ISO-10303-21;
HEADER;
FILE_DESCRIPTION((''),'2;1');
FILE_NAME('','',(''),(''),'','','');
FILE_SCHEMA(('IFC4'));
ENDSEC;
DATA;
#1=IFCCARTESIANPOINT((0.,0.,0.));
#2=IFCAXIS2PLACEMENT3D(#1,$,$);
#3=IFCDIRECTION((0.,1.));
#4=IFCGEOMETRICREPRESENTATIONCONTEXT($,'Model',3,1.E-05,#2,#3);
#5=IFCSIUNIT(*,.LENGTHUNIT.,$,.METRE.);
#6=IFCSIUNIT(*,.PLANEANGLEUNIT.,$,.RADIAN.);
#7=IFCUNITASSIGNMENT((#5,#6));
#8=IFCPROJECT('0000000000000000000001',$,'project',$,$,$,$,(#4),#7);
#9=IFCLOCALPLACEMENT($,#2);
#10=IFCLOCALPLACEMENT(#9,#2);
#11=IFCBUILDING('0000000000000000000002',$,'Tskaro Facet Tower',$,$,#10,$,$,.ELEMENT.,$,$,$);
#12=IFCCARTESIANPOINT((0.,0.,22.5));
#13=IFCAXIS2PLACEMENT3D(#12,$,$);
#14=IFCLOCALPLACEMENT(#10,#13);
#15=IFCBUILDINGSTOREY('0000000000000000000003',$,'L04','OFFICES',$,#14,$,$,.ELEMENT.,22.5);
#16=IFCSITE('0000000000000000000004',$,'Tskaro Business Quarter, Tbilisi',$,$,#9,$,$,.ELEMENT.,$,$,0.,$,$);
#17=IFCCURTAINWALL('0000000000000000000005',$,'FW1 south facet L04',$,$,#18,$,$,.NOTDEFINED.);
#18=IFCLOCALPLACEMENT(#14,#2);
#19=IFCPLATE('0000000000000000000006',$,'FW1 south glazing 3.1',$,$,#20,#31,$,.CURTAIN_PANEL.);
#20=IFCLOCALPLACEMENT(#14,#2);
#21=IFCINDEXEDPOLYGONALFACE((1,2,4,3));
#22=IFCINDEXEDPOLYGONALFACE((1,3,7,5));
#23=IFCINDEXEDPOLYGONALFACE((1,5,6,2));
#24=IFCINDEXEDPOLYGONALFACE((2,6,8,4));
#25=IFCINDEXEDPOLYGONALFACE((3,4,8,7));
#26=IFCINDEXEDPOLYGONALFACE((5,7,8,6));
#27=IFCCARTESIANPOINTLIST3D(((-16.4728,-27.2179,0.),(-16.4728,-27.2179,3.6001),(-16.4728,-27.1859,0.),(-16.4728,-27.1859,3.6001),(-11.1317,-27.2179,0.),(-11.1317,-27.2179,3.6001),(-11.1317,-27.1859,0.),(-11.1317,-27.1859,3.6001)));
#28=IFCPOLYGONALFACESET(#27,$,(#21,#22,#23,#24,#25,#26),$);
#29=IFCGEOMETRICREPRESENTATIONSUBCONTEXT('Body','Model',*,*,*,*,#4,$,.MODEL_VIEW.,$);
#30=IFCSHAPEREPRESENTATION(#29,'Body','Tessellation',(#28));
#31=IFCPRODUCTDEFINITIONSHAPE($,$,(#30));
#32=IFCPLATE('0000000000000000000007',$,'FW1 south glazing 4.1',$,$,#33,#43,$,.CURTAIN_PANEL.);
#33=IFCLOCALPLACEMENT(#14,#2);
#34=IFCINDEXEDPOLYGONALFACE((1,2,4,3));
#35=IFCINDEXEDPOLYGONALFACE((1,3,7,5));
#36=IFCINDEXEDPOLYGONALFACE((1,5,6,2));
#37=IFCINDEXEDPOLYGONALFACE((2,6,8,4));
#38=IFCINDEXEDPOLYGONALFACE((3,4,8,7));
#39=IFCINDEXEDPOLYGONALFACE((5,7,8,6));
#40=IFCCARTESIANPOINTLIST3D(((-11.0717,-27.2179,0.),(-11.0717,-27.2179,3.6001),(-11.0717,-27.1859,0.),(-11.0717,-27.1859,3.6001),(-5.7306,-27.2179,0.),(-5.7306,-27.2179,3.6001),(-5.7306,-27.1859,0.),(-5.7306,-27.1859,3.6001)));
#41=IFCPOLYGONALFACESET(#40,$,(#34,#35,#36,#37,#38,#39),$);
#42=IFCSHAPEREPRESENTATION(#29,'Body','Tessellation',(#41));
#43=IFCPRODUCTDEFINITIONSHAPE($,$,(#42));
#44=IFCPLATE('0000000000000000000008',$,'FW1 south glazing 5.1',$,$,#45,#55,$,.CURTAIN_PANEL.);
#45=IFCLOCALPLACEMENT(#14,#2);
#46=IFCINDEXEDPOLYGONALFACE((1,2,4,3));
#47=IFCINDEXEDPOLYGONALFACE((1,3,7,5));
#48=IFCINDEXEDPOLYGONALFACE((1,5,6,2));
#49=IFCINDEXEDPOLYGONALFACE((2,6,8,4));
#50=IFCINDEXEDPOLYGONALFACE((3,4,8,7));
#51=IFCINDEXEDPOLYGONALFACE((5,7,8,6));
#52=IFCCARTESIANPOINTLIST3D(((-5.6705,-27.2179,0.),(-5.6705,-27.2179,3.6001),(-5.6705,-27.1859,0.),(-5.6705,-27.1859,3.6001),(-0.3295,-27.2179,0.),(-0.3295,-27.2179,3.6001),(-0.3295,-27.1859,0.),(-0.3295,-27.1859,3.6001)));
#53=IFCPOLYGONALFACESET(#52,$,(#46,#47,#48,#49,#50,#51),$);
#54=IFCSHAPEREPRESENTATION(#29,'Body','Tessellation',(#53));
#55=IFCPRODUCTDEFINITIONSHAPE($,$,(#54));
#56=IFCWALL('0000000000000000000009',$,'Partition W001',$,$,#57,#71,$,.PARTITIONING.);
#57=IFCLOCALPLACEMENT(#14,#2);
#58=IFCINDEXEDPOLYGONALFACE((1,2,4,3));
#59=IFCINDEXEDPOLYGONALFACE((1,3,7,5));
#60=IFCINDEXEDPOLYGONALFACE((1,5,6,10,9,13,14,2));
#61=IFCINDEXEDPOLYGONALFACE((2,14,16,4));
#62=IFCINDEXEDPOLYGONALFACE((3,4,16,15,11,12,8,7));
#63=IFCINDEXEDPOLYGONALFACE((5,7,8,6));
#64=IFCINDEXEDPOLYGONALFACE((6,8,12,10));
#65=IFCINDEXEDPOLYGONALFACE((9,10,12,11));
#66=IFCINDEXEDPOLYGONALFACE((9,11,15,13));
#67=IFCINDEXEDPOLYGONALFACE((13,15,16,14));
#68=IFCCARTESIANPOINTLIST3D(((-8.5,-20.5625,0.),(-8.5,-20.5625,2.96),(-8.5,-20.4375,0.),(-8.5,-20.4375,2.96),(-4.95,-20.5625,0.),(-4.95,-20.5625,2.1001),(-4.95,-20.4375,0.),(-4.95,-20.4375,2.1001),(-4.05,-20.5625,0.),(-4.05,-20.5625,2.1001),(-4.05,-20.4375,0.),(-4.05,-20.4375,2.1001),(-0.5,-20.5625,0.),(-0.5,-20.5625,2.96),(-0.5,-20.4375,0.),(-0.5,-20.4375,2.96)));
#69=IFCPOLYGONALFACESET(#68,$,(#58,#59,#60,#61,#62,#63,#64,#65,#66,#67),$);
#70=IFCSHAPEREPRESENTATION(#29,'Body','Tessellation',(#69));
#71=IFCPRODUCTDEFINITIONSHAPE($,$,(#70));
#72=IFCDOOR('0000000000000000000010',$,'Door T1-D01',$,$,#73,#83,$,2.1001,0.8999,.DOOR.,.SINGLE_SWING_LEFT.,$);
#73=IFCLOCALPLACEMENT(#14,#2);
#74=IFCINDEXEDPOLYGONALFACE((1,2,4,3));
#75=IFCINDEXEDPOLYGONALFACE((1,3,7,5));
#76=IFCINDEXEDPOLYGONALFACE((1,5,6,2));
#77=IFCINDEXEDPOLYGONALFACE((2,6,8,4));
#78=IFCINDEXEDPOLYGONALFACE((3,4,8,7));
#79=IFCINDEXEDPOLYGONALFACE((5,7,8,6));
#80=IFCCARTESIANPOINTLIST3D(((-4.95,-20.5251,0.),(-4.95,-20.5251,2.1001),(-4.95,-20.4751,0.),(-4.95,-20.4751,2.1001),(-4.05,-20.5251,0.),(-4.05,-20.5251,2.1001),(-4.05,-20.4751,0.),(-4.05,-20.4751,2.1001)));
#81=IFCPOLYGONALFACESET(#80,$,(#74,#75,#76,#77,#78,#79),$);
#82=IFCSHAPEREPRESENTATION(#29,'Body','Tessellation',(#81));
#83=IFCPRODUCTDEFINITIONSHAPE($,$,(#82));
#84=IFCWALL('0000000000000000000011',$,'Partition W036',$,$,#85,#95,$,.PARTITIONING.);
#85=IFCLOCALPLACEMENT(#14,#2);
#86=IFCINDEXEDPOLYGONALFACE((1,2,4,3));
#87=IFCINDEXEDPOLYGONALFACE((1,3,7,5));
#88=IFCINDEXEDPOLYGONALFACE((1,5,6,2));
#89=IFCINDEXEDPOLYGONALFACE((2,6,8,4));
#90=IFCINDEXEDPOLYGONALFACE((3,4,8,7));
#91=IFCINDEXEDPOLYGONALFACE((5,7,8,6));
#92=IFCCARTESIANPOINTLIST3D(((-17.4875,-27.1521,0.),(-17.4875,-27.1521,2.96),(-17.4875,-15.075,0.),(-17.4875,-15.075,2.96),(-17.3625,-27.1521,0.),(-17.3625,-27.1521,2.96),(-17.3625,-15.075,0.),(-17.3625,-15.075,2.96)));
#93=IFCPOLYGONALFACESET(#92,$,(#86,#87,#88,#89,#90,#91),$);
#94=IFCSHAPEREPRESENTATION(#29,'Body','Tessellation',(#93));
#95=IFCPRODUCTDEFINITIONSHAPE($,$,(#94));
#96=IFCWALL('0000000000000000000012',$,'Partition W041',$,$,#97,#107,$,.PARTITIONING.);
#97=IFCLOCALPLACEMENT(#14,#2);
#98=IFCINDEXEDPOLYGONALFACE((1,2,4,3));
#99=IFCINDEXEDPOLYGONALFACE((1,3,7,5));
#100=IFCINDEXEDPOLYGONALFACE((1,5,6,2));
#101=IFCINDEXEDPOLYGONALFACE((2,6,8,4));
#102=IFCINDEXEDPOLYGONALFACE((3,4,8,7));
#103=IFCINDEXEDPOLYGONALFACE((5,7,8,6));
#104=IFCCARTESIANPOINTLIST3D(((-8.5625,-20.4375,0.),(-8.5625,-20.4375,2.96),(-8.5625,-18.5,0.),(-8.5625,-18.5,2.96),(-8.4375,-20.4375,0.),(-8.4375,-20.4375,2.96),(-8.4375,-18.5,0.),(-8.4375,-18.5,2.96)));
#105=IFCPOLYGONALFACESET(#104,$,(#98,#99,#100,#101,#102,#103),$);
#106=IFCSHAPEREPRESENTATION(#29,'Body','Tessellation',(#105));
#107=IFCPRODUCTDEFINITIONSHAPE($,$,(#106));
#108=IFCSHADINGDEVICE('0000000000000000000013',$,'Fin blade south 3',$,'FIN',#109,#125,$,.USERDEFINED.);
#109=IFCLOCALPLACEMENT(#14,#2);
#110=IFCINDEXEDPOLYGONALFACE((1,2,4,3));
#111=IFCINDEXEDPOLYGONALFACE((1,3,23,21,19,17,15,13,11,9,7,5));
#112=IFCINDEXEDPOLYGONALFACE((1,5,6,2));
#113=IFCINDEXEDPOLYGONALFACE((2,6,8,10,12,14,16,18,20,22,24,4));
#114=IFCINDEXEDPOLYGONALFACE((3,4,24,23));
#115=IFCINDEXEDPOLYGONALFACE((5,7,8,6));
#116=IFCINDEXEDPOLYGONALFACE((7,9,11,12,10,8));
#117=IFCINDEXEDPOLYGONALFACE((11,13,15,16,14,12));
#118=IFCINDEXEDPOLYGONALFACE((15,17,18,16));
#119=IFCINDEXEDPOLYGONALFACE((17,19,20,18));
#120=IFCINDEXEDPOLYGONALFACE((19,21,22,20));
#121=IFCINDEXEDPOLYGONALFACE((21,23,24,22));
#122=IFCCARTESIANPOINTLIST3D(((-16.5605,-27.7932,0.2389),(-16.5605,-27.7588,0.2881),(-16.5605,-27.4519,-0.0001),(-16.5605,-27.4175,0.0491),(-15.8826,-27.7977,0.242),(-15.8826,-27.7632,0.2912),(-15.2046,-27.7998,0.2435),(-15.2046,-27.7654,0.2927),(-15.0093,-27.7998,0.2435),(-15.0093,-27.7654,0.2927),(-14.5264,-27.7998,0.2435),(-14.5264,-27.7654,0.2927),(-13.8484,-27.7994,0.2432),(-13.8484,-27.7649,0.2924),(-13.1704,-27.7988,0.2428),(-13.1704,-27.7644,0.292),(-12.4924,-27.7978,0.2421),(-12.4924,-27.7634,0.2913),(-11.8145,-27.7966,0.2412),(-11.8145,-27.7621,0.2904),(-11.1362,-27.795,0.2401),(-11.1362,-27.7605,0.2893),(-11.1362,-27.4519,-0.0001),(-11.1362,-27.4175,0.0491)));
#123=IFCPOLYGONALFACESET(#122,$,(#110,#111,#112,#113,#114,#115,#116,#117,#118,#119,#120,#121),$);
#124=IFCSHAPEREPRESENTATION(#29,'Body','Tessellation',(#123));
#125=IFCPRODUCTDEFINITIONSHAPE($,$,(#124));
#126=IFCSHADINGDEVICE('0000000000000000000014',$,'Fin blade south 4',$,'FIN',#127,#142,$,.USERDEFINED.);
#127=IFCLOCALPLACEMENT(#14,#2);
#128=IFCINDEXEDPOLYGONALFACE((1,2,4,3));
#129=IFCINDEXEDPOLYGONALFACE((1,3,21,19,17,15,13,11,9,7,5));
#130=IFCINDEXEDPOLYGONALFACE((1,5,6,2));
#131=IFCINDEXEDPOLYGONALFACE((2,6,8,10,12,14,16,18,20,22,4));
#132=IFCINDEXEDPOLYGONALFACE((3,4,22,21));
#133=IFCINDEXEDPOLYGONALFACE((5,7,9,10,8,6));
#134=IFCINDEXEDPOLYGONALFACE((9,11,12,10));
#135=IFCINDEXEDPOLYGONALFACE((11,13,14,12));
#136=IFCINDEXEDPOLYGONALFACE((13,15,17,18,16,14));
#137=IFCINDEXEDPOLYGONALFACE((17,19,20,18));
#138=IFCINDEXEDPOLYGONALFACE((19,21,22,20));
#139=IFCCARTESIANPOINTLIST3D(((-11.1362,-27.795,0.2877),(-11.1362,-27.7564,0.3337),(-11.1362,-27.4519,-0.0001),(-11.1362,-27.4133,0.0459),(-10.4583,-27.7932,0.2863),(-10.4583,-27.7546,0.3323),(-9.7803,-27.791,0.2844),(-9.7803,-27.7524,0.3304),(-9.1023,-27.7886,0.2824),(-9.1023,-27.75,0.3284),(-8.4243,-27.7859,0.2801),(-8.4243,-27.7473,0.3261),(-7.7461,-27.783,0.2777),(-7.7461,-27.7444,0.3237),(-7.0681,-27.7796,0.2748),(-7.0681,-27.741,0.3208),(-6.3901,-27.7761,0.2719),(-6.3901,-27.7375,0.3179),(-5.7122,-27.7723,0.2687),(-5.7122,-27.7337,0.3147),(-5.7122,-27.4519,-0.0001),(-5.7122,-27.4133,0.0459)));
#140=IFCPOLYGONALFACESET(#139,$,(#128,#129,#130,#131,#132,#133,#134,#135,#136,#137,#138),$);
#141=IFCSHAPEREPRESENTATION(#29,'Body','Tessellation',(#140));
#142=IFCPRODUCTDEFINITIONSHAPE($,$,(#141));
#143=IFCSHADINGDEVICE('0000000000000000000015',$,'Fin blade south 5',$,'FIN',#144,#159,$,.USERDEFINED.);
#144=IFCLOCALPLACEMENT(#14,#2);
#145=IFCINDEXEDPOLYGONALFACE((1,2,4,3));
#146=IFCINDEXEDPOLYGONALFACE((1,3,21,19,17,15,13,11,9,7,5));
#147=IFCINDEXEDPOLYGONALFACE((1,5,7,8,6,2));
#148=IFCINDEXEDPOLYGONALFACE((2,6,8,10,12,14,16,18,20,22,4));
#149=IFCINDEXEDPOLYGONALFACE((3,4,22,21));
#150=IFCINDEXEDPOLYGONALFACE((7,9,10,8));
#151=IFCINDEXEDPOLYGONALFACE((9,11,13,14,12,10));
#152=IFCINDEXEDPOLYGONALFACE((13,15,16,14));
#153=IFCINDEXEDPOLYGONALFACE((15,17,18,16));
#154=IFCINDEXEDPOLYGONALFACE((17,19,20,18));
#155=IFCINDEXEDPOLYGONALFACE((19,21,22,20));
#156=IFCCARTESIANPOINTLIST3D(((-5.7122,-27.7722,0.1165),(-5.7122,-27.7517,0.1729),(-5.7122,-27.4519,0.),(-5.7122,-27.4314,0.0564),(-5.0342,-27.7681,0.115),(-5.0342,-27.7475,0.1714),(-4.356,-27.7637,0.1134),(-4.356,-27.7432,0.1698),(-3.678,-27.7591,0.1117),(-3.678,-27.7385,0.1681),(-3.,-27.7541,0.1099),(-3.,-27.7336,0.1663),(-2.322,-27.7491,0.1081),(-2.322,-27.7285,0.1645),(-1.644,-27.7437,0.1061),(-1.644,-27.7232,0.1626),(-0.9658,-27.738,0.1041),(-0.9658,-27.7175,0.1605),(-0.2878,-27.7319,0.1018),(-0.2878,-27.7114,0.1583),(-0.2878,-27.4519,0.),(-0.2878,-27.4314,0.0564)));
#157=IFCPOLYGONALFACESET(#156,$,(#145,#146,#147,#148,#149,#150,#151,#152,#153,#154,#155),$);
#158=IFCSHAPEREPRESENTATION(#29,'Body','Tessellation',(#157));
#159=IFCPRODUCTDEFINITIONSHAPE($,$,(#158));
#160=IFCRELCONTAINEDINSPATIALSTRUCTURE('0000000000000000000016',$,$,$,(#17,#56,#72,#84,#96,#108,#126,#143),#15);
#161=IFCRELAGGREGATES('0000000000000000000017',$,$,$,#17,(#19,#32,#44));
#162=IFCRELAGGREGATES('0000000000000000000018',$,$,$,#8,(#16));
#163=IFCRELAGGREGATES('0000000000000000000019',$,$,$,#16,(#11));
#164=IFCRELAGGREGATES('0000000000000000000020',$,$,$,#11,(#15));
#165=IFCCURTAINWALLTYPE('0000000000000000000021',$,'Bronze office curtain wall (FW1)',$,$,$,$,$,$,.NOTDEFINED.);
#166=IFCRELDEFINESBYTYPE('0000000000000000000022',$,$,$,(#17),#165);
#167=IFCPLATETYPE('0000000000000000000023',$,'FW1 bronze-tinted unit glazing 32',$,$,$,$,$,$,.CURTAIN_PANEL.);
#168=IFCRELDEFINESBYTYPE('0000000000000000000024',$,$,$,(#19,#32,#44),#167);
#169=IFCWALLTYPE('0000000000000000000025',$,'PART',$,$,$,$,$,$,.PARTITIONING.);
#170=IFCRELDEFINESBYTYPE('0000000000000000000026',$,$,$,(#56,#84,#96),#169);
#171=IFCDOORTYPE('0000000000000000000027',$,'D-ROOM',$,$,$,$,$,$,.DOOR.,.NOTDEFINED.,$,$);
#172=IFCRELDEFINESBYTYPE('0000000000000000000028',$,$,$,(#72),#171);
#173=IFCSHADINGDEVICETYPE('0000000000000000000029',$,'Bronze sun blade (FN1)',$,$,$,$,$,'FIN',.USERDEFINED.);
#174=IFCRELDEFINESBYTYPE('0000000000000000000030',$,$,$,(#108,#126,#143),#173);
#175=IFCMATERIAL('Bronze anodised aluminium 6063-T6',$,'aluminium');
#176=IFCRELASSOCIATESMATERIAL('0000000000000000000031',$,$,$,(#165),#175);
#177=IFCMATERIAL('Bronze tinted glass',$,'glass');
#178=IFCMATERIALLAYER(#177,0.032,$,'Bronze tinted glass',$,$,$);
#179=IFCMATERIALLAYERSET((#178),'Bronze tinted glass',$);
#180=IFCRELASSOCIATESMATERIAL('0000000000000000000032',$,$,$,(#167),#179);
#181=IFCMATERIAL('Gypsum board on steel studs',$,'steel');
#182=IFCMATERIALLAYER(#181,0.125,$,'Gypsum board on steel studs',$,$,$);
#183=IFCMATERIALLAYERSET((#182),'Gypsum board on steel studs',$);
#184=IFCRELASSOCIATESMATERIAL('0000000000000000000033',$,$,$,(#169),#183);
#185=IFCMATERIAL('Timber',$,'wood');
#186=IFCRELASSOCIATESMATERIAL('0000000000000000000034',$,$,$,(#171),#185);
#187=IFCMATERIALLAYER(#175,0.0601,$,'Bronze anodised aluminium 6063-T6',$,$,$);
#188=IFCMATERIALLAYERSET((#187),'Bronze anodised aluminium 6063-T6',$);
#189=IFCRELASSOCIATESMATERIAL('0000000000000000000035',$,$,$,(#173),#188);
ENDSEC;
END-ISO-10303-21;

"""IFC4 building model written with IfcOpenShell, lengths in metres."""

from ifc_helpers import new_model, si_unit, direction, frame, frame_2d, origin, origin_2d, place, context, subcontext, project, spatial, polyline, rectangle, outline, extrude, material, layer, layer_set, type_object, element, fill, aggregate, save


model = new_model("IFC4")

# Units and contexts
model_context = context("Model", 3, precision=1e-05, world=origin(), true_north=direction((0.0, 1.0)))
body_context = subcontext(model_context, "Body", "Model", "MODEL_VIEW")
ifc_project = project(units=[si_unit("LENGTHUNIT", "METRE"), si_unit("PLANEANGLEUNIT", "RADIAN")], contexts=[model_context])

# Site, building, storey
site_placement = place(None, origin())
site = spatial("IfcSite", under=ifc_project, at=site_placement, Name="Tskaro Business Quarter, Tbilisi", CompositionType="ELEMENT", RefElevation=0.0)
building_placement = place(site_placement, origin())
building = spatial("IfcBuilding", under=site, at=building_placement, Name="Tskaro Facet Tower", CompositionType="ELEMENT")
storey_placement = place(building_placement, frame((0.0, 0.0, 22.5)))
storey = spatial("IfcBuildingStorey", under=building, at=storey_placement, Name="L04", Description="OFFICES", CompositionType="ELEMENT", Elevation=22.5)

# Curtain wall
ifc_material_1 = material(Name="Bronze anodised aluminium 6063-T6", Category="aluminium")
curtain_wall_type = type_object("IfcCurtainWallType", Name="Bronze office curtain wall (FW1)", PredefinedType="NOTDEFINED", material=ifc_material_1)
curtain_wall_placement = place(storey_placement, origin())
curtain_wall = element("IfcCurtainWall", 1, at=curtain_wall_placement, inside=storey, type_object=curtain_wall_type, Name="FW1 south facet L04", PredefinedType="NOTDEFINED")

# Plates
ifc_material_2 = material(Name="Bronze tinted glass", Category="glass")
ifc_layer_1 = layer(ifc_material_2, 0.032, Name="Bronze tinted glass")
ifc_layer_set_1 = layer_set([ifc_layer_1], Name="Bronze tinted glass")
plate_type = type_object("IfcPlateType", Name="FW1 bronze-tinted unit glazing 32", PredefinedType="CURTAIN_PANEL", material=ifc_layer_set_1)
plate_1_placement = place(storey_placement, frame((-13.8022, -27.2019, 0.0), z_axis=(0.0, 0.0, 1.0), x_axis=(1.0, 0.0, 0.0)))
plate_1 = element("IfcPlate", 2, at=plate_1_placement, type_object=plate_type, Name="FW1 south glazing 3.1", PredefinedType="CURTAIN_PANEL", context=body_context, shape_type="SweptSolid", body=[
    extrude(rectangle(XDim=5.3411, YDim=0.032, at=origin_2d()), origin(), (0.0, 0.0, 1.0), 3.6001),
])
plate_2_placement = place(storey_placement, frame((-8.4011, -27.2019, 0.0), z_axis=(0.0, 0.0, 1.0), x_axis=(1.0, 0.0, 0.0)))
plate_2 = element("IfcPlate", 3, at=plate_2_placement, type_object=plate_type, Name="FW1 south glazing 4.1", PredefinedType="CURTAIN_PANEL", context=body_context, shape_type="SweptSolid", body=[
    extrude(rectangle(XDim=5.3411, YDim=0.032, at=origin_2d()), origin(), (0.0, 0.0, 1.0), 3.6001),
])
plate_3_placement = place(storey_placement, frame((-3.0, -27.2019, 0.0), z_axis=(0.0, 0.0, 1.0), x_axis=(1.0, 0.0, 0.0)))
plate_3 = element("IfcPlate", 4, at=plate_3_placement, type_object=plate_type, Name="FW1 south glazing 5.1", PredefinedType="CURTAIN_PANEL", context=body_context, shape_type="SweptSolid", body=[
    extrude(rectangle(XDim=5.3411, YDim=0.032, at=origin_2d()), origin(), (0.0, 0.0, 1.0), 3.6001),
])
aggregate(curtain_wall, [plate_1, plate_2, plate_3])

# Wall, opening, door
ifc_material_3 = material(Name="Gypsum board on steel studs", Category="steel")
ifc_layer_2 = layer(ifc_material_3, 0.125, Name="Gypsum board on steel studs")
ifc_layer_set_2 = layer_set([ifc_layer_2], Name="Gypsum board on steel studs")
wall_type = type_object("IfcWallType", Name="PART", PredefinedType="PARTITIONING", material=ifc_layer_set_2)
wall_1_placement = place(storey_placement, frame((-8.5, -20.5, 0.0), z_axis=(0.0, 0.0, 1.0), x_axis=(1.0, 0.0, 0.0)))
wall_1 = element("IfcWall", 5, at=wall_1_placement, inside=storey, type_object=wall_type, Name="Partition W001", PredefinedType="PARTITIONING", context=body_context, shape_type="SweptSolid", body=[
    extrude(rectangle(XDim=8.0, YDim=0.125, at=frame_2d((4.0, 0.0))), origin(), (0.0, 0.0, 1.0), 2.96),
])
opening_placement = place(wall_1_placement, frame((3.55, 0.0, 0.0)))
opening = element("IfcOpeningElement", 6, at=opening_placement, cuts=wall_1, PredefinedType="OPENING", context=body_context, shape_type="SweptSolid", body=[
    extrude(rectangle(XDim=0.8999, YDim=2.1001, at=frame_2d((0.45, 1.05))), frame((0.0, 0.0725, 0.0), z_axis=(0.0, -1.0, 0.0), x_axis=(1.0, 0.0, 0.0)), (0.0, 0.0, 1.0), 0.145),
])
ifc_material_4 = material(Name="Timber", Category="wood")
door_type = type_object("IfcDoorType", Name="D-ROOM", OperationType="NOTDEFINED", PredefinedType="DOOR", material=ifc_material_4)
door_placement = place(opening_placement, origin())
door = element("IfcDoor", 7, at=door_placement, inside=storey, type_object=door_type, Name="Door T1-D01", OperationType="SINGLE_SWING_LEFT", OverallHeight=2.1001, OverallWidth=0.8999, PredefinedType="DOOR", context=body_context, shape_type="SweptSolid", body=[
    extrude(rectangle(XDim=0.8999, YDim=2.1001, at=frame_2d((0.45, 1.05))), frame((0.0, 0.0249, 0.0), z_axis=(0.0, -1.0, 0.0), x_axis=(1.0, 0.0, 0.0)), (0.0, 0.0, 1.0), 0.05),
])
fill(opening, door)

# Walls
wall_2_placement = place(storey_placement, frame((-17.425, -27.1521, 0.0), z_axis=(0.0, 0.0, 1.0), x_axis=(0.0, 1.0, 0.0)))
element("IfcWall", 8, at=wall_2_placement, inside=storey, type_object=wall_type, Name="Partition W036", PredefinedType="PARTITIONING", context=body_context, shape_type="SweptSolid", body=[
    extrude(rectangle(XDim=12.0771, YDim=0.125, at=frame_2d((6.0386, 0.0))), origin(), (0.0, 0.0, 1.0), 2.96),
])
wall_3_placement = place(storey_placement, frame((-8.5, -20.4375, 0.0), z_axis=(0.0, 0.0, 1.0), x_axis=(0.0, 1.0, 0.0)))
element("IfcWall", 9, at=wall_3_placement, inside=storey, type_object=wall_type, Name="Partition W041", PredefinedType="PARTITIONING", context=body_context, shape_type="SweptSolid", body=[
    extrude(rectangle(XDim=1.9375, YDim=0.125, at=frame_2d((0.9688, 0.0))), origin(), (0.0, 0.0, 1.0), 2.96),
])

# Shading devices
ifc_layer_3 = layer(ifc_material_1, 0.0601, Name="Bronze anodised aluminium 6063-T6")
ifc_layer_set_3 = layer_set([ifc_layer_3], Name="Bronze anodised aluminium 6063-T6")
shading_device_type = type_object("IfcShadingDeviceType", Name="Bronze sun blade (FN1)", ElementType="FIN", PredefinedType="USERDEFINED", material=ifc_layer_set_3)
shading_device_1_placement = place(storey_placement, frame((-16.5605, -27.4175, 0.0491), z_axis=(-0.000002, 0.573615, 0.819125), x_axis=(1.0, 0.000001, 0.000001)))
element("IfcShadingDevice", 10, at=shading_device_1_placement, inside=storey, type_object=shading_device_type, Name="Fin blade south 3", ObjectType="FIN", PredefinedType="USERDEFINED", context=body_context, shape_type="SweptSolid", body=[
    extrude(outline(polyline([(0.0, 0.0), (5.4243, 0.0), (5.4243, -0.4188), (4.7461, -0.4207), (4.0681, -0.4223), (3.3901, -0.4235), (2.7122, -0.4242), (2.0342, -0.4247), (1.5513, -0.4247), (1.356, -0.4247), (0.678, -0.4221), (0.0, -0.4167), (0.0, 0.0)])), origin(), (0.0, 0.0, -1.0), 0.0601),
])
shading_device_2_placement = place(storey_placement, frame((-11.1362, -27.4133, 0.0459), z_axis=(0.0, 0.642758, 0.766069), x_axis=(1.0, 0.0, 0.0)))
element("IfcShadingDevice", 11, at=shading_device_2_placement, inside=storey, type_object=shading_device_type, Name="Fin blade south 4", ObjectType="FIN", PredefinedType="USERDEFINED", context=body_context, shape_type="SweptSolid", body=[
    extrude(outline(polyline([(0.0, 0.0), (5.4241, 0.0), (5.4241, -0.4182), (4.7461, -0.4232), (4.0681, -0.4277), (3.3901, -0.4322), (2.7119, -0.436), (2.0339, -0.4395), (1.356, -0.4426), (0.678, -0.4455), (0.0, -0.4478), (0.0, 0.0)])), origin(), (0.0, 0.0, -1.0), 0.0601),
])
shading_device_3_placement = place(storey_placement, frame((-5.7122, -27.4314, 0.0564), z_axis=(-0.000001, 0.341888, 0.939741), x_axis=(1.0, 0.0, 0.000001)))
element("IfcShadingDevice", 12, at=shading_device_3_placement, inside=storey, type_object=shading_device_type, Name="Fin blade south 5", ObjectType="FIN", PredefinedType="USERDEFINED", context=body_context, shape_type="SweptSolid", body=[
    extrude(outline(polyline([(0.0, 0.0), (5.4243, 0.0), (5.4243, -0.298), (4.7463, -0.3044), (4.0681, -0.3105), (3.3901, -0.3162), (2.7122, -0.3216), (2.0342, -0.3269), (1.3562, -0.3318), (0.678, -0.3364), (0.0, -0.3408), (0.0, 0.0)])), origin(), (0.0, 0.0, -1.0), 0.0601),
])

save(model, "model.ifc")
